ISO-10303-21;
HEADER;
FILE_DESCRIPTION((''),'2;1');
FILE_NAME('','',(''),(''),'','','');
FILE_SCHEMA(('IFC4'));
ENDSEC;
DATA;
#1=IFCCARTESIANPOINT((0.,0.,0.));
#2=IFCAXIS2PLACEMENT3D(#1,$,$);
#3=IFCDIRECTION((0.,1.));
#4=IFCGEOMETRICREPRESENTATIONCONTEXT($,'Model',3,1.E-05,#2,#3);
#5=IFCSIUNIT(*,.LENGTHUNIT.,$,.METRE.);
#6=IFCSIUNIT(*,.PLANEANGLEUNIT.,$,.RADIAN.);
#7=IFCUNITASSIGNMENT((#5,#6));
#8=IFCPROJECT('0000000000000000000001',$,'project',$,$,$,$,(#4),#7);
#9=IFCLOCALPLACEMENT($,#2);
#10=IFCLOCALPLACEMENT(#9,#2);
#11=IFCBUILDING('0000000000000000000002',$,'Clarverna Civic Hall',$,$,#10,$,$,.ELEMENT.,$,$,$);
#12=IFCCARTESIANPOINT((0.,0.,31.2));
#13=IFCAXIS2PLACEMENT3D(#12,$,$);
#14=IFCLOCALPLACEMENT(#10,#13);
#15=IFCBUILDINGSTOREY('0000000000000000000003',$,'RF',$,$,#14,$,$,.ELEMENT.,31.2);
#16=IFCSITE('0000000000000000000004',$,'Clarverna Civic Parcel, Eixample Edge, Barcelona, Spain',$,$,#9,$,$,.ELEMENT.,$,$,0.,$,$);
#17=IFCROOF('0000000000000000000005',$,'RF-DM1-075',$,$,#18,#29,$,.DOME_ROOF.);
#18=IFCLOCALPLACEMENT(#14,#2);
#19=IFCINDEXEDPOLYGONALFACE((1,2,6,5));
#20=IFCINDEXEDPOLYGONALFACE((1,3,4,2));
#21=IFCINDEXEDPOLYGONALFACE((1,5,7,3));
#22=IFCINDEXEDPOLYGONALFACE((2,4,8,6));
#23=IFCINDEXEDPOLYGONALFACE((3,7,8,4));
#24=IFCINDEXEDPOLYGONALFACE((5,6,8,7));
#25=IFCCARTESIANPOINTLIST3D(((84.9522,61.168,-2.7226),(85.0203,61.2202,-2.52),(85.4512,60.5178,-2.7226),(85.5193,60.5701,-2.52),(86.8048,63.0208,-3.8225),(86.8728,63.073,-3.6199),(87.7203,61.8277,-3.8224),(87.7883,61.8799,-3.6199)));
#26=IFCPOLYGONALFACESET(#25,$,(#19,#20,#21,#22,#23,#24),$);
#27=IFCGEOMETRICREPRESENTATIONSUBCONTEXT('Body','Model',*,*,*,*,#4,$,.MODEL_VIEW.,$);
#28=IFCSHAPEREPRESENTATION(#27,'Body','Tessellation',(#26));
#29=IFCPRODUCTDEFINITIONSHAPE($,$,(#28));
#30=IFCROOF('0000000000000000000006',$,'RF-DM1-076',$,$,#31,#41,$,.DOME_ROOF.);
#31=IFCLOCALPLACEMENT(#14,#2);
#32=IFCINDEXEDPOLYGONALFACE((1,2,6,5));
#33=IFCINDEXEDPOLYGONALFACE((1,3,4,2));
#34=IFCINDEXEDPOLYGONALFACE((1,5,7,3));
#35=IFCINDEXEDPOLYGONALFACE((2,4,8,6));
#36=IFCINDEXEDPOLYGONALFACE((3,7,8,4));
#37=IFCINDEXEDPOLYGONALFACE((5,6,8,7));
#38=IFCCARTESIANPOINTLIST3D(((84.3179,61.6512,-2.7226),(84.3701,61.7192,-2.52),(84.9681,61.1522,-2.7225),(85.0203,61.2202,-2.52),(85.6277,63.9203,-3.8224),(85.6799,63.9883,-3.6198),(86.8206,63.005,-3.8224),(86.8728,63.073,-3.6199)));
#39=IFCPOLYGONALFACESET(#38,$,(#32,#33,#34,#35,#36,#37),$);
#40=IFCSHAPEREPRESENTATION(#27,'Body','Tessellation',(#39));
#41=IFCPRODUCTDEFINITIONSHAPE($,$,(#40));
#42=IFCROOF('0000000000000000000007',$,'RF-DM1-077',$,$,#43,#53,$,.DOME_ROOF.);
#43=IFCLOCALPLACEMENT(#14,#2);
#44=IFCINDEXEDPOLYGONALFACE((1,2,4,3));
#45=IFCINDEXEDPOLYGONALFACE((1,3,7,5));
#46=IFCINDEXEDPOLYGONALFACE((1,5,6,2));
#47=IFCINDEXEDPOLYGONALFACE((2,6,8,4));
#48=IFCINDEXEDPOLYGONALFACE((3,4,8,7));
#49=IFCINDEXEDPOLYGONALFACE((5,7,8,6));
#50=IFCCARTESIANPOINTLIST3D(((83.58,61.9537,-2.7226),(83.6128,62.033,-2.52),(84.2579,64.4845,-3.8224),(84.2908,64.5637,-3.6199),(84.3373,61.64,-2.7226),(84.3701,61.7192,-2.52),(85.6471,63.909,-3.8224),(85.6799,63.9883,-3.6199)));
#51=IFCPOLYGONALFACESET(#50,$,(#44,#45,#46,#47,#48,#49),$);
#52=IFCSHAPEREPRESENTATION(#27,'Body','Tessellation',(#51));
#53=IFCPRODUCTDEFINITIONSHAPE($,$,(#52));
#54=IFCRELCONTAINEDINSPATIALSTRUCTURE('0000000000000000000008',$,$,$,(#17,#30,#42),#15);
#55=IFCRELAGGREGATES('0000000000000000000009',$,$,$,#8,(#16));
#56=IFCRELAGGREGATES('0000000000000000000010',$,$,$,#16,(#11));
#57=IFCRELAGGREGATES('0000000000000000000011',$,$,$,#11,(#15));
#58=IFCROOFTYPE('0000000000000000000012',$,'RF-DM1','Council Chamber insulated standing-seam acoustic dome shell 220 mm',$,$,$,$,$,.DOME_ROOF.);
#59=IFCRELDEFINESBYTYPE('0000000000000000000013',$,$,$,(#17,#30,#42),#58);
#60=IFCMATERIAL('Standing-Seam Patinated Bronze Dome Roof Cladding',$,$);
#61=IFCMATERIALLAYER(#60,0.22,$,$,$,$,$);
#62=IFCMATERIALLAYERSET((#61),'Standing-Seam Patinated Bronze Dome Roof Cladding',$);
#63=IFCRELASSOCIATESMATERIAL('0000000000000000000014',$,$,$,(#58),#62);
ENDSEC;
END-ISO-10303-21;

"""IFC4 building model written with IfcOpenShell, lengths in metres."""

from ifc_helpers import new_model, si_unit, direction, frame, origin, place, context, subcontext, project, spatial, polyline, outline, extrude, material, layer, layer_set, type_object, element, save


model = new_model("IFC4")

# Units and contexts
model_context = context("Model", 3, precision=1e-05, world=origin(), true_north=direction((0.0, 1.0)))
body_context = subcontext(model_context, "Body", "Model", "MODEL_VIEW")
ifc_project = project(units=[si_unit("LENGTHUNIT", "METRE"), si_unit("PLANEANGLEUNIT", "RADIAN")], contexts=[model_context])

# Site, building, storey
site_placement = place(None, origin())
site = spatial("IfcSite", under=ifc_project, at=site_placement, Name="Clarverna Civic Parcel, Eixample Edge, Barcelona, Spain", CompositionType="ELEMENT", RefElevation=0.0)
building_placement = place(site_placement, origin())
building = spatial("IfcBuilding", under=site, at=building_placement, Name="Clarverna Civic Hall", CompositionType="ELEMENT")
storey_placement = place(building_placement, frame((0.0, 0.0, 31.2)))
storey = spatial("IfcBuildingStorey", under=building, at=storey_placement, Name="RF", CompositionType="ELEMENT", Elevation=31.2)

# Roofs
ifc_material_1 = material(Name="Standing-Seam Patinated Bronze Dome Roof Cladding")
ifc_layer_1 = layer(ifc_material_1, 0.22)
ifc_layer_set_1 = layer_set([ifc_layer_1], Name="Standing-Seam Patinated Bronze Dome Roof Cladding")
roof_type = type_object("IfcRoofType", Name="RF-DM1", Description="Council Chamber insulated standing-seam acoustic dome shell 220 mm", PredefinedType="DOME_ROOF", material=ifc_layer_set_1)
roof_1_placement = place(storey_placement, frame((87.7883, 61.8799, -3.6199), z_axis=(0.309319, 0.237377, 0.920855), x_axis=(-0.608775, 0.793343, -0.000017)))
element("IfcRoof", 1, at=roof_1_placement, inside=storey, type_object=roof_type, Name="RF-DM1-075", PredefinedType="DOME_ROOF", context=body_context, shape_type="SweptSolid", body=[
    extrude(outline(polyline([(0.0, 0.0), (1.5039, 0.0), (1.1618, 2.8209), (0.3422, 2.8208), (0.0, 0.0)])), origin(), (0.0, 0.0, -1.0), 0.22),
])
roof_2_placement = place(storey_placement, frame((86.8728, 63.073, -3.6199), z_axis=(0.237369, 0.309321, 0.920856), x_axis=(-0.79336, 0.608752, 0.000021)))
element("IfcRoof", 2, at=roof_2_placement, inside=storey, type_object=roof_type, Name="RF-DM1-076", PredefinedType="DOME_ROOF", context=body_context, shape_type="SweptSolid", body=[
    extrude(outline(polyline([(0.0, 0.0), (1.5036, 0.0), (1.1615, 2.8208), (0.3419, 2.8209), (0.0, 0.0)])), origin(), (0.0, 0.0, -1.0), 0.22),
])
roof_3_placement = place(storey_placement, frame((85.6799, 63.9883, -3.6199), z_axis=(0.149218, 0.360222, 0.920855), x_axis=(-0.923872, 0.382701, 0.000001)))
element("IfcRoof", 3, at=roof_3_placement, inside=storey, type_object=roof_type, Name="RF-DM1-077", PredefinedType="DOME_ROOF", context=body_context, shape_type="SweptSolid", body=[
    extrude(outline(polyline([(0.0, 0.0), (1.5036, 0.0), (1.1615, 2.8208), (0.3417, 2.8208), (0.0, 0.0)])), origin(), (0.0, 0.0, -1.0), 0.22),
])

save(model, "model.ifc")
